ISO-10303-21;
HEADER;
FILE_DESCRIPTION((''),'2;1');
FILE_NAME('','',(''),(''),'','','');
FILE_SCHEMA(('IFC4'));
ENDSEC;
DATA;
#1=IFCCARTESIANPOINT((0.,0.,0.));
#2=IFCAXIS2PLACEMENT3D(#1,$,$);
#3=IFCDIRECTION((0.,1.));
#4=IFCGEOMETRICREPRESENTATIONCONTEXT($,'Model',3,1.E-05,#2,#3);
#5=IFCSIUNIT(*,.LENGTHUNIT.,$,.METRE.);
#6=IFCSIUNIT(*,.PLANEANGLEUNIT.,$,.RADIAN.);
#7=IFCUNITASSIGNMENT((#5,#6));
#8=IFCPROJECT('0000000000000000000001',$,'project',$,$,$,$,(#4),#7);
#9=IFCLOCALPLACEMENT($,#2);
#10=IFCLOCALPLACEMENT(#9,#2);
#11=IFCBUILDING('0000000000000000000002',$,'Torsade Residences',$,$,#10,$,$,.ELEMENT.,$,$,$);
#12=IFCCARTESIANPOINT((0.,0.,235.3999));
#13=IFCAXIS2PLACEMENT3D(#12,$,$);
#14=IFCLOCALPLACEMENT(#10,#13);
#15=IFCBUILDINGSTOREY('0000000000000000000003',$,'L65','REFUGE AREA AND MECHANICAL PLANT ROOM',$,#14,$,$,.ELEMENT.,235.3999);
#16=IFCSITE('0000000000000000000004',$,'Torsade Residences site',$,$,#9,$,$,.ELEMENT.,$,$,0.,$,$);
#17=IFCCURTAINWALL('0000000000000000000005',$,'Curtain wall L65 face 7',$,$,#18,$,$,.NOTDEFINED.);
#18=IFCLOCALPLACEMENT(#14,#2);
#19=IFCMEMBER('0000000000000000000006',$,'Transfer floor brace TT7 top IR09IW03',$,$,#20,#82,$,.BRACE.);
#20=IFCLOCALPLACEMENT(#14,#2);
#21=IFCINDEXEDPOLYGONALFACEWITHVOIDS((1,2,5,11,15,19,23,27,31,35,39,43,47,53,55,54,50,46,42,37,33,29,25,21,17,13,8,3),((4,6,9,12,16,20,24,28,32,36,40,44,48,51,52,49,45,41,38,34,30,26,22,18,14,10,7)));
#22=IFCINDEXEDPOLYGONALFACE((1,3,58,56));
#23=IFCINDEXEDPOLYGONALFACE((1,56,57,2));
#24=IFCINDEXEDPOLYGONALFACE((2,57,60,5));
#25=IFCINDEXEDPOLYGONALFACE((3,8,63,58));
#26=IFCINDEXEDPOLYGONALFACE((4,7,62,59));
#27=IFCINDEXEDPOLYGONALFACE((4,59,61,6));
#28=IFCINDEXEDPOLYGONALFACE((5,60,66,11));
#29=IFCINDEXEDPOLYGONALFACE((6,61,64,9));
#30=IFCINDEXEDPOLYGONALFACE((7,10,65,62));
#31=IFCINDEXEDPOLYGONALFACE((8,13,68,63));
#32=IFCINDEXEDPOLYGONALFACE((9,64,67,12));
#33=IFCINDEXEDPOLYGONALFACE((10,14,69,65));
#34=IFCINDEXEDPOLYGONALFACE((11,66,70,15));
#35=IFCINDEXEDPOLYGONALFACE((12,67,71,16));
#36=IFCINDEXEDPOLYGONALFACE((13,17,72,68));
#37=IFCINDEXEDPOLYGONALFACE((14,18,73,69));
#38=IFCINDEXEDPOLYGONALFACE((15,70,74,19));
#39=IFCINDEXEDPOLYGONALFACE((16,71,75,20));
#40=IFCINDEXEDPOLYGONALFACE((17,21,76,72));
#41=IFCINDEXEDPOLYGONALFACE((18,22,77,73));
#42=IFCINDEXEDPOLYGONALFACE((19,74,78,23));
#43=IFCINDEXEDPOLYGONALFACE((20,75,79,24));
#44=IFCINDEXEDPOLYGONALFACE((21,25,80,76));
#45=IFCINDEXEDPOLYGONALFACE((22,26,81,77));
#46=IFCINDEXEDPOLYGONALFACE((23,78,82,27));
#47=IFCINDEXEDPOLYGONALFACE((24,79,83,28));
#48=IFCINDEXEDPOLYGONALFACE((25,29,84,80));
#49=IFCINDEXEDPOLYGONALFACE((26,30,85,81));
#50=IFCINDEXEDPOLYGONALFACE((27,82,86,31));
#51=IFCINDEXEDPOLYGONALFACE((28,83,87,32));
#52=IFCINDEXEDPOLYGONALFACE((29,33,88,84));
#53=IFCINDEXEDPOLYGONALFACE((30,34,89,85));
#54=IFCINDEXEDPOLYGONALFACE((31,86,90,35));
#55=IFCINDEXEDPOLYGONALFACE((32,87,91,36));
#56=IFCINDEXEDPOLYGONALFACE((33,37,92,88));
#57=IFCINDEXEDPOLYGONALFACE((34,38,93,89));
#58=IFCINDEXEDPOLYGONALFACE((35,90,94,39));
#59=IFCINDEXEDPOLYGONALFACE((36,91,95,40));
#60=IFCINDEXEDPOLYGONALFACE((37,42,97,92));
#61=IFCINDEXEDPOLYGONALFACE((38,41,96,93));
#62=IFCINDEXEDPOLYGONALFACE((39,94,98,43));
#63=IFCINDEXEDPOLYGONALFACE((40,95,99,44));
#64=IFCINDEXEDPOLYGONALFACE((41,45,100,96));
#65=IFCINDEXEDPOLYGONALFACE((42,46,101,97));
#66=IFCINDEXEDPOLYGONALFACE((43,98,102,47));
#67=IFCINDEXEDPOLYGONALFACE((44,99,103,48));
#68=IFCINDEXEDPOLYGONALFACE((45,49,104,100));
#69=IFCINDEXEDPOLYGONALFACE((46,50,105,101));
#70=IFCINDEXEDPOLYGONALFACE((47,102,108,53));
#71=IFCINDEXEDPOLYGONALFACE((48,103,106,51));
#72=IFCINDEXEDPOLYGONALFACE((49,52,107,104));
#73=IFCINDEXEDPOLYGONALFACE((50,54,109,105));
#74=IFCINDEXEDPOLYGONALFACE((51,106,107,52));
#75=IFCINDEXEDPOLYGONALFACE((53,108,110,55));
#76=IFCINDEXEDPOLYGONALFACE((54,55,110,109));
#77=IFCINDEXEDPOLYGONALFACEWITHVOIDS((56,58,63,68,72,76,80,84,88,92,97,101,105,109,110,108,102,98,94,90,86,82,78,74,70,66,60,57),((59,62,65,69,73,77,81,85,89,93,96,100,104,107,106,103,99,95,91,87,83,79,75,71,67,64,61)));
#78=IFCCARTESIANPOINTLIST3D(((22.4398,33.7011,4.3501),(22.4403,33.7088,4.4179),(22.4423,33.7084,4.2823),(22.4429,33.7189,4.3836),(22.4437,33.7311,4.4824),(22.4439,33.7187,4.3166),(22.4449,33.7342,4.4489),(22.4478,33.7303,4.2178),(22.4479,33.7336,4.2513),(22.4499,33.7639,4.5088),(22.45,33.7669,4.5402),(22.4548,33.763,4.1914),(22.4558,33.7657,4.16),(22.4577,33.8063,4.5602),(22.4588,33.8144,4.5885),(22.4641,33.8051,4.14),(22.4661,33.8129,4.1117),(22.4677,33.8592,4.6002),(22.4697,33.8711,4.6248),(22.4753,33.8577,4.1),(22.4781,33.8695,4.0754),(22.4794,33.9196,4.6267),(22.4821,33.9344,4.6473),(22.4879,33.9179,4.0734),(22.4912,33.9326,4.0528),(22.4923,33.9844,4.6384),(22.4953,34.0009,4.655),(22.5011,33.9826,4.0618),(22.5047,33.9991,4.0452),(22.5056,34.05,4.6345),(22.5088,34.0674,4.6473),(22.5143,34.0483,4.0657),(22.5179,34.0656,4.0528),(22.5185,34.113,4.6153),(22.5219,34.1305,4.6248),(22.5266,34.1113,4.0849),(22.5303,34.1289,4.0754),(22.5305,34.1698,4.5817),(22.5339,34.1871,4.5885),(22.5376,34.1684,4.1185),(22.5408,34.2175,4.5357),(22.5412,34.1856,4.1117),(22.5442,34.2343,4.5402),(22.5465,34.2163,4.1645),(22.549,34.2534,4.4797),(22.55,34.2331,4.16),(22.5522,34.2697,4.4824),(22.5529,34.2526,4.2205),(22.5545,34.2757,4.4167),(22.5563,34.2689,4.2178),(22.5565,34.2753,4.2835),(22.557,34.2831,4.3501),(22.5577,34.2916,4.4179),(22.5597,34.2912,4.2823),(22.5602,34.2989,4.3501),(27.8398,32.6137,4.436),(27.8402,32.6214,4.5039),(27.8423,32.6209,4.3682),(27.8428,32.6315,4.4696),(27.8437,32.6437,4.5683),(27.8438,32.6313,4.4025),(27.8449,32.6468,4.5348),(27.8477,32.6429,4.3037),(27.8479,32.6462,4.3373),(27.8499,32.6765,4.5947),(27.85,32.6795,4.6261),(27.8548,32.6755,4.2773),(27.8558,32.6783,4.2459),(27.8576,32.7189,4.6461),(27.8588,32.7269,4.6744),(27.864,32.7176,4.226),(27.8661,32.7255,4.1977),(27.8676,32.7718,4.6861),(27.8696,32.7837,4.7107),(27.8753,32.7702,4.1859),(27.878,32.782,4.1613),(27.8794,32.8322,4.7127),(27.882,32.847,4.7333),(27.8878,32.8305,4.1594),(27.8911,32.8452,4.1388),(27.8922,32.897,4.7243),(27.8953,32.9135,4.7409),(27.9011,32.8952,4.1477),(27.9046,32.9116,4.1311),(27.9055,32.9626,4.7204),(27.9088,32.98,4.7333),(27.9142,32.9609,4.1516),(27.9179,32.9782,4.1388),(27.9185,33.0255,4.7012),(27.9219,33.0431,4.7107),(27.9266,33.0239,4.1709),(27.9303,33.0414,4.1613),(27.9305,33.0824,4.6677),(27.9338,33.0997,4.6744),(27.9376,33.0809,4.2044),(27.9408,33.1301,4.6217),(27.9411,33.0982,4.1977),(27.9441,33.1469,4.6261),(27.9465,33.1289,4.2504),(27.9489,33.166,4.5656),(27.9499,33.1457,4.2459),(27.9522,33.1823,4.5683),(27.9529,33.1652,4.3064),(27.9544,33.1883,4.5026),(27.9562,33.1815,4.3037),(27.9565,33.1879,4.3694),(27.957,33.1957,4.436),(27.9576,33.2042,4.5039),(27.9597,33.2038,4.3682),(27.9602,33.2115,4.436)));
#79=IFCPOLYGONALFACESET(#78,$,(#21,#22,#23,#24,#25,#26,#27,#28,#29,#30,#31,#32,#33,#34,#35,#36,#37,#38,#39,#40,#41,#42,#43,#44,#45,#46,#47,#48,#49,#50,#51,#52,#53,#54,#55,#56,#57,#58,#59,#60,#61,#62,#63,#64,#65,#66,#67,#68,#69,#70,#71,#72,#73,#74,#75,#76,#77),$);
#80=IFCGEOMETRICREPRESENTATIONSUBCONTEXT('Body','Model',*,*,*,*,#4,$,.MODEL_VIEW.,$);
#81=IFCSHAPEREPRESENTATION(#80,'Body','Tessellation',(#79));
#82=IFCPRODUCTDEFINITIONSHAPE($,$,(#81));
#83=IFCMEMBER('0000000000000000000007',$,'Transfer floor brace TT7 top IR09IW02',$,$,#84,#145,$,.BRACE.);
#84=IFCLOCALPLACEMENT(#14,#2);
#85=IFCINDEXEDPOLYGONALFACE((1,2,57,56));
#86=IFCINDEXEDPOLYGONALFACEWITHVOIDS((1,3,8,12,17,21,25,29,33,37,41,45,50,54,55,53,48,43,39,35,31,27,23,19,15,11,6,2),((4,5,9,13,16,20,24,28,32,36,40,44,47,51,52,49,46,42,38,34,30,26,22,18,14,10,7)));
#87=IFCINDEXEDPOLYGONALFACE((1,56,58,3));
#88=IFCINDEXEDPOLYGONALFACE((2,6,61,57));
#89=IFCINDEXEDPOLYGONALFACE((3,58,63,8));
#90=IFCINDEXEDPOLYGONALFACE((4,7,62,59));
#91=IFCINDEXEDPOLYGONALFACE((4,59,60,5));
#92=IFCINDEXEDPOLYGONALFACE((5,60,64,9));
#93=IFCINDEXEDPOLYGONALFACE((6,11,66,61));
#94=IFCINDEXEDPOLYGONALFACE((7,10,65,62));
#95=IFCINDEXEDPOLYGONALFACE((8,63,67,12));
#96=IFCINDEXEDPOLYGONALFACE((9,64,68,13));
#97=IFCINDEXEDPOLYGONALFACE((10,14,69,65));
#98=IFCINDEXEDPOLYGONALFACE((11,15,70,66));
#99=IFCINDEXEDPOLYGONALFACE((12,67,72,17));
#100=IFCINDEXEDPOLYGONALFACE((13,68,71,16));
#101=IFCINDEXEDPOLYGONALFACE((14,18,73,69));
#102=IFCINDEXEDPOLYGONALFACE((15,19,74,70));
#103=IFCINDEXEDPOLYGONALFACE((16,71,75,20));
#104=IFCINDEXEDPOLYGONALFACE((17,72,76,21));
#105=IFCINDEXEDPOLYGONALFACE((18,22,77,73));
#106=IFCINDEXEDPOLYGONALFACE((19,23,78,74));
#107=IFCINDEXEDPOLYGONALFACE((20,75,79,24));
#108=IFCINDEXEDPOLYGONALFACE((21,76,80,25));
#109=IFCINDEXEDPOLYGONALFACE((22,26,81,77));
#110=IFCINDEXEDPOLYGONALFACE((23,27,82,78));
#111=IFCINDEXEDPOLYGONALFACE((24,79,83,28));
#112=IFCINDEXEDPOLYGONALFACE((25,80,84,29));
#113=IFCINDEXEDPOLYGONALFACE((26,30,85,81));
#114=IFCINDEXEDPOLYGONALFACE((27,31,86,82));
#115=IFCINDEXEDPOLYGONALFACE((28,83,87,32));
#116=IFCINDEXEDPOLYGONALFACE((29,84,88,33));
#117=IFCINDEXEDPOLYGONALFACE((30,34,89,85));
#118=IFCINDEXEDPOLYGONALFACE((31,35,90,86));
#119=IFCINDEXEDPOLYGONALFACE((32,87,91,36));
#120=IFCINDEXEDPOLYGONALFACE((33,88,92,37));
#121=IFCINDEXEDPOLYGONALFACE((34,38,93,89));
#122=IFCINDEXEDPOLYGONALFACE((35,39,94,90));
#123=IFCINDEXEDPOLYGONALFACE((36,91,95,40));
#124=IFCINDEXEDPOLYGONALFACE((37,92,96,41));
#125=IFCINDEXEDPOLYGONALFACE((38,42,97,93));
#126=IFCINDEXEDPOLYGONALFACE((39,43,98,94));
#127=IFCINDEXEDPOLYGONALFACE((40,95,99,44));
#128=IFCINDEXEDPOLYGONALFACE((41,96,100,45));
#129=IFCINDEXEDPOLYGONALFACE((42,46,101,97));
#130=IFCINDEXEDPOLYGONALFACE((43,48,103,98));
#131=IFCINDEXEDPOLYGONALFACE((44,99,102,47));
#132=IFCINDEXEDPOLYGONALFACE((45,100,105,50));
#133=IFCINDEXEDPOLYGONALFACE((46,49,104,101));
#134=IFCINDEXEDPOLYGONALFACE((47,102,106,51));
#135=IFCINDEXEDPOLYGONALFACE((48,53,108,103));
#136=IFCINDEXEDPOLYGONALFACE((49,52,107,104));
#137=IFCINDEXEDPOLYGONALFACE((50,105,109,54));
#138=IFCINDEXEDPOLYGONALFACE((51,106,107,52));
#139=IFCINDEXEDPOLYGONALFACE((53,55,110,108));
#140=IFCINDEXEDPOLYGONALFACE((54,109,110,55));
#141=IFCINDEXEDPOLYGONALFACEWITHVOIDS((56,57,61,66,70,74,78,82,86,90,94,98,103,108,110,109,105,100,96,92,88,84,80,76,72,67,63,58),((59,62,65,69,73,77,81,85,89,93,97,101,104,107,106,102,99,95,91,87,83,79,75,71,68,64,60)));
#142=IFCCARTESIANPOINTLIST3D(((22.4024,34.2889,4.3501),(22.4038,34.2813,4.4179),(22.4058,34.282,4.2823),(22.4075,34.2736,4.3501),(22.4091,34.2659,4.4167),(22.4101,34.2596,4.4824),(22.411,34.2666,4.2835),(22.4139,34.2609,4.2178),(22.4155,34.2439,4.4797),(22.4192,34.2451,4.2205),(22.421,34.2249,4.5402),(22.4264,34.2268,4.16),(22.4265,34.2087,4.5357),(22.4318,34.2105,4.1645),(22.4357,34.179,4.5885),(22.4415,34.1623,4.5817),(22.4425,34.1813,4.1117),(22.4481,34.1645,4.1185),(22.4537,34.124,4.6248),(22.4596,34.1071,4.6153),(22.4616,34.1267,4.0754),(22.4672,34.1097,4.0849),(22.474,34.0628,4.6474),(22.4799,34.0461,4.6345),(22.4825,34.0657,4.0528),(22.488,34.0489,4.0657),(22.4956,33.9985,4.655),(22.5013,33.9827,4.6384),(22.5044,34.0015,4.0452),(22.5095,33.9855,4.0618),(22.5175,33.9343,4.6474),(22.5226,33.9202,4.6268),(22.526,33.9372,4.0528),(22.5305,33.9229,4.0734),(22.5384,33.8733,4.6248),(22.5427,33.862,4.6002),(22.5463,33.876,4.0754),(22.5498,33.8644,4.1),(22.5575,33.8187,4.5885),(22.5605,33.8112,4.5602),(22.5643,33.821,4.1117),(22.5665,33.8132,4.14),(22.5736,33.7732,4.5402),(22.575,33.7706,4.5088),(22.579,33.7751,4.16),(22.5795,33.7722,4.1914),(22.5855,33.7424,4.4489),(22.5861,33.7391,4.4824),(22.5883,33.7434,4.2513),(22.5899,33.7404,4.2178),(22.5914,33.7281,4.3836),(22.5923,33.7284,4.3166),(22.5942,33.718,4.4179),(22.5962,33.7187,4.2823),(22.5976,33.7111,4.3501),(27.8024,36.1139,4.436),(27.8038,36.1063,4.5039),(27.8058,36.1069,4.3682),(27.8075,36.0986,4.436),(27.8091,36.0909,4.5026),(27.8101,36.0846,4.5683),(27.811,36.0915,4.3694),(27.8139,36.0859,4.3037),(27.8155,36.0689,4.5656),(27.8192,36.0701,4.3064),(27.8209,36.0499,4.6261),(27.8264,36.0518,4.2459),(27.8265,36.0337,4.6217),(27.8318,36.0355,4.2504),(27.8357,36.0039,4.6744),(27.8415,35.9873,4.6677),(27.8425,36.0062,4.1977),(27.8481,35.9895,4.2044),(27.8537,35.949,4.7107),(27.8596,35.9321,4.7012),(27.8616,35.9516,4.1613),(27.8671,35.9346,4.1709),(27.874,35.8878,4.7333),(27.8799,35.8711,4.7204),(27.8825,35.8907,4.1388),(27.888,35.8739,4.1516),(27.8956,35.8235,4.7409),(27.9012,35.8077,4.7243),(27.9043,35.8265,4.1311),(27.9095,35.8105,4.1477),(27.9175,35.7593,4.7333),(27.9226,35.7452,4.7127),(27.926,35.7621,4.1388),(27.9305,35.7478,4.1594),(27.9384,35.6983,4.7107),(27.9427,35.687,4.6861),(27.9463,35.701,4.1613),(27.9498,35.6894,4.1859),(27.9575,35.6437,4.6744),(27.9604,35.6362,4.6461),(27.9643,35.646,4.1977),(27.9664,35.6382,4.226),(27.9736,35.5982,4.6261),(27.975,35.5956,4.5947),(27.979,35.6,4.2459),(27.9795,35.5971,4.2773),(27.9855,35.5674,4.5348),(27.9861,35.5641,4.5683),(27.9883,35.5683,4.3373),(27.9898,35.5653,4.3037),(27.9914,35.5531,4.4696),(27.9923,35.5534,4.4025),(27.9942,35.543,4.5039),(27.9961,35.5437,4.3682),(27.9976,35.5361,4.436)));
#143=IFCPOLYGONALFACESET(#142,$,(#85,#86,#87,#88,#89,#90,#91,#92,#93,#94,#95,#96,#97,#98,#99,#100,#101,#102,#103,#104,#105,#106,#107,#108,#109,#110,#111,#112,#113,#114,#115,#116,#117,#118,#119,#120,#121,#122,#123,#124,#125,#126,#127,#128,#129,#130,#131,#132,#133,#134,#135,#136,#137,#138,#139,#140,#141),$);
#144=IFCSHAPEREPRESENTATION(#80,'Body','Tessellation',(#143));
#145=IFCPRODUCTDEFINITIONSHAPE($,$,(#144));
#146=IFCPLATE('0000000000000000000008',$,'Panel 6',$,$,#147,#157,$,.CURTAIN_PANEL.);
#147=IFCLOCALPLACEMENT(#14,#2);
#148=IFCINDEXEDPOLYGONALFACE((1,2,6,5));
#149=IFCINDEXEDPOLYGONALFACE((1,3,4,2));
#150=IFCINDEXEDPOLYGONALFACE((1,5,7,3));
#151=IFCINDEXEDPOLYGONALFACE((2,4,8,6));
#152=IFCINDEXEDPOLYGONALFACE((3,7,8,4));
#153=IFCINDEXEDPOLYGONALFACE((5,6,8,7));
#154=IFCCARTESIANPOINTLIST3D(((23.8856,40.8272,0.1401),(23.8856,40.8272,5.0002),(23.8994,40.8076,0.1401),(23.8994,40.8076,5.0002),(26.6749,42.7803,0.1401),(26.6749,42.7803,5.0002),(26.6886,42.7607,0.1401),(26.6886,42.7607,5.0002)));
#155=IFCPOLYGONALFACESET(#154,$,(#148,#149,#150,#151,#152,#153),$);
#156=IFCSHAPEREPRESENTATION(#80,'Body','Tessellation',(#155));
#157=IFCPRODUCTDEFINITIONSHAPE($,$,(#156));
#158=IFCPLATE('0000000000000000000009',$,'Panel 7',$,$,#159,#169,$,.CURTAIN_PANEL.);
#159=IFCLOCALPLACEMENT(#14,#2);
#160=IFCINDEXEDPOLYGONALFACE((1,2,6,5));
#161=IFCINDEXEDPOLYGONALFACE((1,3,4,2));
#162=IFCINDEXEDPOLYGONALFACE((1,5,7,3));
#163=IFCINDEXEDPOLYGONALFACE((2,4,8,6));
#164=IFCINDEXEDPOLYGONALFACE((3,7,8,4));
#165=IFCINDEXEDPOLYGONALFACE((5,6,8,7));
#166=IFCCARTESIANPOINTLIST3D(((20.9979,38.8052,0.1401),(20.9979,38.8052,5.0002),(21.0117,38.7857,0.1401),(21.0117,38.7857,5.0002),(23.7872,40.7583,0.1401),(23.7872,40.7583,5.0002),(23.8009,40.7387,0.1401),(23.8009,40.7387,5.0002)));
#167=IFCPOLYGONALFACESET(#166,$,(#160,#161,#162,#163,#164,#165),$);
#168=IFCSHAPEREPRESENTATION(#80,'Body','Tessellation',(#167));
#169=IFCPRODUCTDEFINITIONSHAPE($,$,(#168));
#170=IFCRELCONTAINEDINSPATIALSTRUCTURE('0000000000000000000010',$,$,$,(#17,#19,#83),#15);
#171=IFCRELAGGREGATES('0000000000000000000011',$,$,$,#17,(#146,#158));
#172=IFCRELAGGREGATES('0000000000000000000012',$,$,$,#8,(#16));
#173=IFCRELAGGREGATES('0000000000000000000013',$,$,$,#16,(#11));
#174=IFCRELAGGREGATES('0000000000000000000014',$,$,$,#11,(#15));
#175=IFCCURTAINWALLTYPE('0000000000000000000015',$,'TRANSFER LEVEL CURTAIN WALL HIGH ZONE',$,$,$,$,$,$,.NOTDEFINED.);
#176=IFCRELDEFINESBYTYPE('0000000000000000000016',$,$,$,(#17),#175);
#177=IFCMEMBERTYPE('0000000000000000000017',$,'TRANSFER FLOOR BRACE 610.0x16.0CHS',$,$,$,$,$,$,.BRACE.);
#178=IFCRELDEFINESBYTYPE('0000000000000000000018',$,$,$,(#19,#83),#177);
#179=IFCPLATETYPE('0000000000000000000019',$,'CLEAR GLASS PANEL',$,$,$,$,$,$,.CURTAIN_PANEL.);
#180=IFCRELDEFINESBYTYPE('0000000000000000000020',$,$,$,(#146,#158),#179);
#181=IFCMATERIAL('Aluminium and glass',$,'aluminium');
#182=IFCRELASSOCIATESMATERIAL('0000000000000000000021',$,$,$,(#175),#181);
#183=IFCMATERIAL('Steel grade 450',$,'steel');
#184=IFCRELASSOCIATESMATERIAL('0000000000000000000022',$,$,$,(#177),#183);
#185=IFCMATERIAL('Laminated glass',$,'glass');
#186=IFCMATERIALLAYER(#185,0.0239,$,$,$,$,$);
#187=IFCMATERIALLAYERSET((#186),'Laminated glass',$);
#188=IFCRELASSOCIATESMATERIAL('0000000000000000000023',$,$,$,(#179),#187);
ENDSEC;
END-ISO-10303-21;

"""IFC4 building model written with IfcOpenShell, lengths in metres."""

from ifc_helpers import new_model, si_unit, direction, frame, origin, origin_2d, place, context, subcontext, project, spatial, rectangle, hollow_circle, extrude, material, layer, layer_set, material_profile, profile_set, type_object, element, aggregate, save


model = new_model("IFC4")

# Units and contexts
model_context = context("Model", 3, precision=1e-05, world=origin(), true_north=direction((0.0, 1.0)))
body_context = subcontext(model_context, "Body", "Model", "MODEL_VIEW")
ifc_project = project(units=[si_unit("LENGTHUNIT", "METRE"), si_unit("PLANEANGLEUNIT", "RADIAN")], contexts=[model_context])

# Site, building, storey
site_placement = place(None, origin())
site = spatial("IfcSite", under=ifc_project, at=site_placement, Name="Torsade Residences site", CompositionType="ELEMENT", RefElevation=0.0)
building_placement = place(site_placement, origin())
building = spatial("IfcBuilding", under=site, at=building_placement, Name="Torsade Residences", CompositionType="ELEMENT")
storey_placement = place(building_placement, frame((0.0, 0.0, 235.3999)))
storey = spatial("IfcBuildingStorey", under=building, at=storey_placement, Name="L65", Description="REFUGE AREA AND MECHANICAL PLANT ROOM", CompositionType="ELEMENT", Elevation=235.3999)

# Curtain wall
ifc_material_1 = material(Name="Aluminium and glass", Category="aluminium")
curtain_wall_type = type_object("IfcCurtainWallType", Name="TRANSFER LEVEL CURTAIN WALL HIGH ZONE", PredefinedType="NOTDEFINED", material=ifc_material_1)
curtain_wall_1_placement = place(storey_placement, origin())
curtain_wall_1 = element("IfcCurtainWall", 1, at=curtain_wall_1_placement, inside=storey, type_object=curtain_wall_type, Name="Curtain wall L65 face 7", PredefinedType="NOTDEFINED")

# Members
ifc_material_2 = material(Name="Steel grade 450", Category="steel")
ifc_material_profile_1 = material_profile(ifc_material_2, hollow_circle(Radius=0.3049, WallThickness=0.0161, at=origin_2d()), Name="610.0x16.0CHS")
ifc_profile_set_1 = profile_set([ifc_material_profile_1], Name="Steel grade 450")
member_type_1 = type_object("IfcMemberType", Name="TRANSFER FLOOR BRACE 610.0x16.0CHS", PredefinedType="BRACE", material=ifc_profile_set_1)
member_1_placement = place(storey_placement, frame((22.5, 34.0, 4.3501), z_axis=(0.980201, -0.197388, 0.0156), x_axis=(0.197412, 0.980321, 0.0)))
element("IfcMember", 2, at=member_1_placement, inside=storey, type_object=member_type_1, Name="Transfer floor brace TT7 top IR09IW03", PredefinedType="BRACE", context=body_context, shape_type="SweptSolid", body=[
    extrude(hollow_circle(Radius=0.3049, WallThickness=0.0161, at=origin_2d()), origin(), (0.0, 0.0, 1.0), 5.509),
])
member_2_placement = place(storey_placement, frame((22.5, 34.0, 4.3501), z_axis=(0.947252, 0.320133, 0.015075), x_axis=(-0.32017, 0.94736, 0.0)))
element("IfcMember", 3, at=member_2_placement, inside=storey, type_object=member_type_1, Name="Transfer floor brace TT7 top IR09IW02", PredefinedType="BRACE", context=body_context, shape_type="SweptSolid", body=[
    extrude(hollow_circle(Radius=0.3049, WallThickness=0.0161, at=origin_2d()), origin(), (0.0, 0.0, 1.0), 5.7007),
])

# Plates
ifc_material_3 = material(Name="Laminated glass", Category="glass")
ifc_layer_1 = layer(ifc_material_3, 0.0239)
ifc_layer_set_1 = layer_set([ifc_layer_1], Name="Laminated glass")
plate_type = type_object("IfcPlateType", Name="CLEAR GLASS PANEL", PredefinedType="CURTAIN_PANEL", material=ifc_layer_set_1)
plate_1_placement = place(storey_placement, frame((25.2871, 41.7939, 0.1401), z_axis=(0.0, 0.0, 1.0), x_axis=(-0.819152, -0.573576, 0.0)))
plate_1 = element("IfcPlate", 4, at=plate_1_placement, type_object=plate_type, Name="Panel 6", PredefinedType="CURTAIN_PANEL", context=body_context, shape_type="SweptSolid", body=[
    extrude(rectangle(XDim=3.405, YDim=0.0239, at=origin_2d()), origin(), (0.0, 0.0, 1.0), 4.8601),
])
plate_2_placement = place(storey_placement, frame((22.3994, 39.772, 0.1401), z_axis=(0.0, 0.0, 1.0), x_axis=(-0.819152, -0.573576, 0.0)))
plate_2 = element("IfcPlate", 5, at=plate_2_placement, type_object=plate_type, Name="Panel 7", PredefinedType="CURTAIN_PANEL", context=body_context, shape_type="SweptSolid", body=[
    extrude(rectangle(XDim=3.405, YDim=0.0239, at=origin_2d()), origin(), (0.0, 0.0, 1.0), 4.8601),
])
aggregate(curtain_wall_1, [plate_1, plate_2])

save(model, "model.ifc")
